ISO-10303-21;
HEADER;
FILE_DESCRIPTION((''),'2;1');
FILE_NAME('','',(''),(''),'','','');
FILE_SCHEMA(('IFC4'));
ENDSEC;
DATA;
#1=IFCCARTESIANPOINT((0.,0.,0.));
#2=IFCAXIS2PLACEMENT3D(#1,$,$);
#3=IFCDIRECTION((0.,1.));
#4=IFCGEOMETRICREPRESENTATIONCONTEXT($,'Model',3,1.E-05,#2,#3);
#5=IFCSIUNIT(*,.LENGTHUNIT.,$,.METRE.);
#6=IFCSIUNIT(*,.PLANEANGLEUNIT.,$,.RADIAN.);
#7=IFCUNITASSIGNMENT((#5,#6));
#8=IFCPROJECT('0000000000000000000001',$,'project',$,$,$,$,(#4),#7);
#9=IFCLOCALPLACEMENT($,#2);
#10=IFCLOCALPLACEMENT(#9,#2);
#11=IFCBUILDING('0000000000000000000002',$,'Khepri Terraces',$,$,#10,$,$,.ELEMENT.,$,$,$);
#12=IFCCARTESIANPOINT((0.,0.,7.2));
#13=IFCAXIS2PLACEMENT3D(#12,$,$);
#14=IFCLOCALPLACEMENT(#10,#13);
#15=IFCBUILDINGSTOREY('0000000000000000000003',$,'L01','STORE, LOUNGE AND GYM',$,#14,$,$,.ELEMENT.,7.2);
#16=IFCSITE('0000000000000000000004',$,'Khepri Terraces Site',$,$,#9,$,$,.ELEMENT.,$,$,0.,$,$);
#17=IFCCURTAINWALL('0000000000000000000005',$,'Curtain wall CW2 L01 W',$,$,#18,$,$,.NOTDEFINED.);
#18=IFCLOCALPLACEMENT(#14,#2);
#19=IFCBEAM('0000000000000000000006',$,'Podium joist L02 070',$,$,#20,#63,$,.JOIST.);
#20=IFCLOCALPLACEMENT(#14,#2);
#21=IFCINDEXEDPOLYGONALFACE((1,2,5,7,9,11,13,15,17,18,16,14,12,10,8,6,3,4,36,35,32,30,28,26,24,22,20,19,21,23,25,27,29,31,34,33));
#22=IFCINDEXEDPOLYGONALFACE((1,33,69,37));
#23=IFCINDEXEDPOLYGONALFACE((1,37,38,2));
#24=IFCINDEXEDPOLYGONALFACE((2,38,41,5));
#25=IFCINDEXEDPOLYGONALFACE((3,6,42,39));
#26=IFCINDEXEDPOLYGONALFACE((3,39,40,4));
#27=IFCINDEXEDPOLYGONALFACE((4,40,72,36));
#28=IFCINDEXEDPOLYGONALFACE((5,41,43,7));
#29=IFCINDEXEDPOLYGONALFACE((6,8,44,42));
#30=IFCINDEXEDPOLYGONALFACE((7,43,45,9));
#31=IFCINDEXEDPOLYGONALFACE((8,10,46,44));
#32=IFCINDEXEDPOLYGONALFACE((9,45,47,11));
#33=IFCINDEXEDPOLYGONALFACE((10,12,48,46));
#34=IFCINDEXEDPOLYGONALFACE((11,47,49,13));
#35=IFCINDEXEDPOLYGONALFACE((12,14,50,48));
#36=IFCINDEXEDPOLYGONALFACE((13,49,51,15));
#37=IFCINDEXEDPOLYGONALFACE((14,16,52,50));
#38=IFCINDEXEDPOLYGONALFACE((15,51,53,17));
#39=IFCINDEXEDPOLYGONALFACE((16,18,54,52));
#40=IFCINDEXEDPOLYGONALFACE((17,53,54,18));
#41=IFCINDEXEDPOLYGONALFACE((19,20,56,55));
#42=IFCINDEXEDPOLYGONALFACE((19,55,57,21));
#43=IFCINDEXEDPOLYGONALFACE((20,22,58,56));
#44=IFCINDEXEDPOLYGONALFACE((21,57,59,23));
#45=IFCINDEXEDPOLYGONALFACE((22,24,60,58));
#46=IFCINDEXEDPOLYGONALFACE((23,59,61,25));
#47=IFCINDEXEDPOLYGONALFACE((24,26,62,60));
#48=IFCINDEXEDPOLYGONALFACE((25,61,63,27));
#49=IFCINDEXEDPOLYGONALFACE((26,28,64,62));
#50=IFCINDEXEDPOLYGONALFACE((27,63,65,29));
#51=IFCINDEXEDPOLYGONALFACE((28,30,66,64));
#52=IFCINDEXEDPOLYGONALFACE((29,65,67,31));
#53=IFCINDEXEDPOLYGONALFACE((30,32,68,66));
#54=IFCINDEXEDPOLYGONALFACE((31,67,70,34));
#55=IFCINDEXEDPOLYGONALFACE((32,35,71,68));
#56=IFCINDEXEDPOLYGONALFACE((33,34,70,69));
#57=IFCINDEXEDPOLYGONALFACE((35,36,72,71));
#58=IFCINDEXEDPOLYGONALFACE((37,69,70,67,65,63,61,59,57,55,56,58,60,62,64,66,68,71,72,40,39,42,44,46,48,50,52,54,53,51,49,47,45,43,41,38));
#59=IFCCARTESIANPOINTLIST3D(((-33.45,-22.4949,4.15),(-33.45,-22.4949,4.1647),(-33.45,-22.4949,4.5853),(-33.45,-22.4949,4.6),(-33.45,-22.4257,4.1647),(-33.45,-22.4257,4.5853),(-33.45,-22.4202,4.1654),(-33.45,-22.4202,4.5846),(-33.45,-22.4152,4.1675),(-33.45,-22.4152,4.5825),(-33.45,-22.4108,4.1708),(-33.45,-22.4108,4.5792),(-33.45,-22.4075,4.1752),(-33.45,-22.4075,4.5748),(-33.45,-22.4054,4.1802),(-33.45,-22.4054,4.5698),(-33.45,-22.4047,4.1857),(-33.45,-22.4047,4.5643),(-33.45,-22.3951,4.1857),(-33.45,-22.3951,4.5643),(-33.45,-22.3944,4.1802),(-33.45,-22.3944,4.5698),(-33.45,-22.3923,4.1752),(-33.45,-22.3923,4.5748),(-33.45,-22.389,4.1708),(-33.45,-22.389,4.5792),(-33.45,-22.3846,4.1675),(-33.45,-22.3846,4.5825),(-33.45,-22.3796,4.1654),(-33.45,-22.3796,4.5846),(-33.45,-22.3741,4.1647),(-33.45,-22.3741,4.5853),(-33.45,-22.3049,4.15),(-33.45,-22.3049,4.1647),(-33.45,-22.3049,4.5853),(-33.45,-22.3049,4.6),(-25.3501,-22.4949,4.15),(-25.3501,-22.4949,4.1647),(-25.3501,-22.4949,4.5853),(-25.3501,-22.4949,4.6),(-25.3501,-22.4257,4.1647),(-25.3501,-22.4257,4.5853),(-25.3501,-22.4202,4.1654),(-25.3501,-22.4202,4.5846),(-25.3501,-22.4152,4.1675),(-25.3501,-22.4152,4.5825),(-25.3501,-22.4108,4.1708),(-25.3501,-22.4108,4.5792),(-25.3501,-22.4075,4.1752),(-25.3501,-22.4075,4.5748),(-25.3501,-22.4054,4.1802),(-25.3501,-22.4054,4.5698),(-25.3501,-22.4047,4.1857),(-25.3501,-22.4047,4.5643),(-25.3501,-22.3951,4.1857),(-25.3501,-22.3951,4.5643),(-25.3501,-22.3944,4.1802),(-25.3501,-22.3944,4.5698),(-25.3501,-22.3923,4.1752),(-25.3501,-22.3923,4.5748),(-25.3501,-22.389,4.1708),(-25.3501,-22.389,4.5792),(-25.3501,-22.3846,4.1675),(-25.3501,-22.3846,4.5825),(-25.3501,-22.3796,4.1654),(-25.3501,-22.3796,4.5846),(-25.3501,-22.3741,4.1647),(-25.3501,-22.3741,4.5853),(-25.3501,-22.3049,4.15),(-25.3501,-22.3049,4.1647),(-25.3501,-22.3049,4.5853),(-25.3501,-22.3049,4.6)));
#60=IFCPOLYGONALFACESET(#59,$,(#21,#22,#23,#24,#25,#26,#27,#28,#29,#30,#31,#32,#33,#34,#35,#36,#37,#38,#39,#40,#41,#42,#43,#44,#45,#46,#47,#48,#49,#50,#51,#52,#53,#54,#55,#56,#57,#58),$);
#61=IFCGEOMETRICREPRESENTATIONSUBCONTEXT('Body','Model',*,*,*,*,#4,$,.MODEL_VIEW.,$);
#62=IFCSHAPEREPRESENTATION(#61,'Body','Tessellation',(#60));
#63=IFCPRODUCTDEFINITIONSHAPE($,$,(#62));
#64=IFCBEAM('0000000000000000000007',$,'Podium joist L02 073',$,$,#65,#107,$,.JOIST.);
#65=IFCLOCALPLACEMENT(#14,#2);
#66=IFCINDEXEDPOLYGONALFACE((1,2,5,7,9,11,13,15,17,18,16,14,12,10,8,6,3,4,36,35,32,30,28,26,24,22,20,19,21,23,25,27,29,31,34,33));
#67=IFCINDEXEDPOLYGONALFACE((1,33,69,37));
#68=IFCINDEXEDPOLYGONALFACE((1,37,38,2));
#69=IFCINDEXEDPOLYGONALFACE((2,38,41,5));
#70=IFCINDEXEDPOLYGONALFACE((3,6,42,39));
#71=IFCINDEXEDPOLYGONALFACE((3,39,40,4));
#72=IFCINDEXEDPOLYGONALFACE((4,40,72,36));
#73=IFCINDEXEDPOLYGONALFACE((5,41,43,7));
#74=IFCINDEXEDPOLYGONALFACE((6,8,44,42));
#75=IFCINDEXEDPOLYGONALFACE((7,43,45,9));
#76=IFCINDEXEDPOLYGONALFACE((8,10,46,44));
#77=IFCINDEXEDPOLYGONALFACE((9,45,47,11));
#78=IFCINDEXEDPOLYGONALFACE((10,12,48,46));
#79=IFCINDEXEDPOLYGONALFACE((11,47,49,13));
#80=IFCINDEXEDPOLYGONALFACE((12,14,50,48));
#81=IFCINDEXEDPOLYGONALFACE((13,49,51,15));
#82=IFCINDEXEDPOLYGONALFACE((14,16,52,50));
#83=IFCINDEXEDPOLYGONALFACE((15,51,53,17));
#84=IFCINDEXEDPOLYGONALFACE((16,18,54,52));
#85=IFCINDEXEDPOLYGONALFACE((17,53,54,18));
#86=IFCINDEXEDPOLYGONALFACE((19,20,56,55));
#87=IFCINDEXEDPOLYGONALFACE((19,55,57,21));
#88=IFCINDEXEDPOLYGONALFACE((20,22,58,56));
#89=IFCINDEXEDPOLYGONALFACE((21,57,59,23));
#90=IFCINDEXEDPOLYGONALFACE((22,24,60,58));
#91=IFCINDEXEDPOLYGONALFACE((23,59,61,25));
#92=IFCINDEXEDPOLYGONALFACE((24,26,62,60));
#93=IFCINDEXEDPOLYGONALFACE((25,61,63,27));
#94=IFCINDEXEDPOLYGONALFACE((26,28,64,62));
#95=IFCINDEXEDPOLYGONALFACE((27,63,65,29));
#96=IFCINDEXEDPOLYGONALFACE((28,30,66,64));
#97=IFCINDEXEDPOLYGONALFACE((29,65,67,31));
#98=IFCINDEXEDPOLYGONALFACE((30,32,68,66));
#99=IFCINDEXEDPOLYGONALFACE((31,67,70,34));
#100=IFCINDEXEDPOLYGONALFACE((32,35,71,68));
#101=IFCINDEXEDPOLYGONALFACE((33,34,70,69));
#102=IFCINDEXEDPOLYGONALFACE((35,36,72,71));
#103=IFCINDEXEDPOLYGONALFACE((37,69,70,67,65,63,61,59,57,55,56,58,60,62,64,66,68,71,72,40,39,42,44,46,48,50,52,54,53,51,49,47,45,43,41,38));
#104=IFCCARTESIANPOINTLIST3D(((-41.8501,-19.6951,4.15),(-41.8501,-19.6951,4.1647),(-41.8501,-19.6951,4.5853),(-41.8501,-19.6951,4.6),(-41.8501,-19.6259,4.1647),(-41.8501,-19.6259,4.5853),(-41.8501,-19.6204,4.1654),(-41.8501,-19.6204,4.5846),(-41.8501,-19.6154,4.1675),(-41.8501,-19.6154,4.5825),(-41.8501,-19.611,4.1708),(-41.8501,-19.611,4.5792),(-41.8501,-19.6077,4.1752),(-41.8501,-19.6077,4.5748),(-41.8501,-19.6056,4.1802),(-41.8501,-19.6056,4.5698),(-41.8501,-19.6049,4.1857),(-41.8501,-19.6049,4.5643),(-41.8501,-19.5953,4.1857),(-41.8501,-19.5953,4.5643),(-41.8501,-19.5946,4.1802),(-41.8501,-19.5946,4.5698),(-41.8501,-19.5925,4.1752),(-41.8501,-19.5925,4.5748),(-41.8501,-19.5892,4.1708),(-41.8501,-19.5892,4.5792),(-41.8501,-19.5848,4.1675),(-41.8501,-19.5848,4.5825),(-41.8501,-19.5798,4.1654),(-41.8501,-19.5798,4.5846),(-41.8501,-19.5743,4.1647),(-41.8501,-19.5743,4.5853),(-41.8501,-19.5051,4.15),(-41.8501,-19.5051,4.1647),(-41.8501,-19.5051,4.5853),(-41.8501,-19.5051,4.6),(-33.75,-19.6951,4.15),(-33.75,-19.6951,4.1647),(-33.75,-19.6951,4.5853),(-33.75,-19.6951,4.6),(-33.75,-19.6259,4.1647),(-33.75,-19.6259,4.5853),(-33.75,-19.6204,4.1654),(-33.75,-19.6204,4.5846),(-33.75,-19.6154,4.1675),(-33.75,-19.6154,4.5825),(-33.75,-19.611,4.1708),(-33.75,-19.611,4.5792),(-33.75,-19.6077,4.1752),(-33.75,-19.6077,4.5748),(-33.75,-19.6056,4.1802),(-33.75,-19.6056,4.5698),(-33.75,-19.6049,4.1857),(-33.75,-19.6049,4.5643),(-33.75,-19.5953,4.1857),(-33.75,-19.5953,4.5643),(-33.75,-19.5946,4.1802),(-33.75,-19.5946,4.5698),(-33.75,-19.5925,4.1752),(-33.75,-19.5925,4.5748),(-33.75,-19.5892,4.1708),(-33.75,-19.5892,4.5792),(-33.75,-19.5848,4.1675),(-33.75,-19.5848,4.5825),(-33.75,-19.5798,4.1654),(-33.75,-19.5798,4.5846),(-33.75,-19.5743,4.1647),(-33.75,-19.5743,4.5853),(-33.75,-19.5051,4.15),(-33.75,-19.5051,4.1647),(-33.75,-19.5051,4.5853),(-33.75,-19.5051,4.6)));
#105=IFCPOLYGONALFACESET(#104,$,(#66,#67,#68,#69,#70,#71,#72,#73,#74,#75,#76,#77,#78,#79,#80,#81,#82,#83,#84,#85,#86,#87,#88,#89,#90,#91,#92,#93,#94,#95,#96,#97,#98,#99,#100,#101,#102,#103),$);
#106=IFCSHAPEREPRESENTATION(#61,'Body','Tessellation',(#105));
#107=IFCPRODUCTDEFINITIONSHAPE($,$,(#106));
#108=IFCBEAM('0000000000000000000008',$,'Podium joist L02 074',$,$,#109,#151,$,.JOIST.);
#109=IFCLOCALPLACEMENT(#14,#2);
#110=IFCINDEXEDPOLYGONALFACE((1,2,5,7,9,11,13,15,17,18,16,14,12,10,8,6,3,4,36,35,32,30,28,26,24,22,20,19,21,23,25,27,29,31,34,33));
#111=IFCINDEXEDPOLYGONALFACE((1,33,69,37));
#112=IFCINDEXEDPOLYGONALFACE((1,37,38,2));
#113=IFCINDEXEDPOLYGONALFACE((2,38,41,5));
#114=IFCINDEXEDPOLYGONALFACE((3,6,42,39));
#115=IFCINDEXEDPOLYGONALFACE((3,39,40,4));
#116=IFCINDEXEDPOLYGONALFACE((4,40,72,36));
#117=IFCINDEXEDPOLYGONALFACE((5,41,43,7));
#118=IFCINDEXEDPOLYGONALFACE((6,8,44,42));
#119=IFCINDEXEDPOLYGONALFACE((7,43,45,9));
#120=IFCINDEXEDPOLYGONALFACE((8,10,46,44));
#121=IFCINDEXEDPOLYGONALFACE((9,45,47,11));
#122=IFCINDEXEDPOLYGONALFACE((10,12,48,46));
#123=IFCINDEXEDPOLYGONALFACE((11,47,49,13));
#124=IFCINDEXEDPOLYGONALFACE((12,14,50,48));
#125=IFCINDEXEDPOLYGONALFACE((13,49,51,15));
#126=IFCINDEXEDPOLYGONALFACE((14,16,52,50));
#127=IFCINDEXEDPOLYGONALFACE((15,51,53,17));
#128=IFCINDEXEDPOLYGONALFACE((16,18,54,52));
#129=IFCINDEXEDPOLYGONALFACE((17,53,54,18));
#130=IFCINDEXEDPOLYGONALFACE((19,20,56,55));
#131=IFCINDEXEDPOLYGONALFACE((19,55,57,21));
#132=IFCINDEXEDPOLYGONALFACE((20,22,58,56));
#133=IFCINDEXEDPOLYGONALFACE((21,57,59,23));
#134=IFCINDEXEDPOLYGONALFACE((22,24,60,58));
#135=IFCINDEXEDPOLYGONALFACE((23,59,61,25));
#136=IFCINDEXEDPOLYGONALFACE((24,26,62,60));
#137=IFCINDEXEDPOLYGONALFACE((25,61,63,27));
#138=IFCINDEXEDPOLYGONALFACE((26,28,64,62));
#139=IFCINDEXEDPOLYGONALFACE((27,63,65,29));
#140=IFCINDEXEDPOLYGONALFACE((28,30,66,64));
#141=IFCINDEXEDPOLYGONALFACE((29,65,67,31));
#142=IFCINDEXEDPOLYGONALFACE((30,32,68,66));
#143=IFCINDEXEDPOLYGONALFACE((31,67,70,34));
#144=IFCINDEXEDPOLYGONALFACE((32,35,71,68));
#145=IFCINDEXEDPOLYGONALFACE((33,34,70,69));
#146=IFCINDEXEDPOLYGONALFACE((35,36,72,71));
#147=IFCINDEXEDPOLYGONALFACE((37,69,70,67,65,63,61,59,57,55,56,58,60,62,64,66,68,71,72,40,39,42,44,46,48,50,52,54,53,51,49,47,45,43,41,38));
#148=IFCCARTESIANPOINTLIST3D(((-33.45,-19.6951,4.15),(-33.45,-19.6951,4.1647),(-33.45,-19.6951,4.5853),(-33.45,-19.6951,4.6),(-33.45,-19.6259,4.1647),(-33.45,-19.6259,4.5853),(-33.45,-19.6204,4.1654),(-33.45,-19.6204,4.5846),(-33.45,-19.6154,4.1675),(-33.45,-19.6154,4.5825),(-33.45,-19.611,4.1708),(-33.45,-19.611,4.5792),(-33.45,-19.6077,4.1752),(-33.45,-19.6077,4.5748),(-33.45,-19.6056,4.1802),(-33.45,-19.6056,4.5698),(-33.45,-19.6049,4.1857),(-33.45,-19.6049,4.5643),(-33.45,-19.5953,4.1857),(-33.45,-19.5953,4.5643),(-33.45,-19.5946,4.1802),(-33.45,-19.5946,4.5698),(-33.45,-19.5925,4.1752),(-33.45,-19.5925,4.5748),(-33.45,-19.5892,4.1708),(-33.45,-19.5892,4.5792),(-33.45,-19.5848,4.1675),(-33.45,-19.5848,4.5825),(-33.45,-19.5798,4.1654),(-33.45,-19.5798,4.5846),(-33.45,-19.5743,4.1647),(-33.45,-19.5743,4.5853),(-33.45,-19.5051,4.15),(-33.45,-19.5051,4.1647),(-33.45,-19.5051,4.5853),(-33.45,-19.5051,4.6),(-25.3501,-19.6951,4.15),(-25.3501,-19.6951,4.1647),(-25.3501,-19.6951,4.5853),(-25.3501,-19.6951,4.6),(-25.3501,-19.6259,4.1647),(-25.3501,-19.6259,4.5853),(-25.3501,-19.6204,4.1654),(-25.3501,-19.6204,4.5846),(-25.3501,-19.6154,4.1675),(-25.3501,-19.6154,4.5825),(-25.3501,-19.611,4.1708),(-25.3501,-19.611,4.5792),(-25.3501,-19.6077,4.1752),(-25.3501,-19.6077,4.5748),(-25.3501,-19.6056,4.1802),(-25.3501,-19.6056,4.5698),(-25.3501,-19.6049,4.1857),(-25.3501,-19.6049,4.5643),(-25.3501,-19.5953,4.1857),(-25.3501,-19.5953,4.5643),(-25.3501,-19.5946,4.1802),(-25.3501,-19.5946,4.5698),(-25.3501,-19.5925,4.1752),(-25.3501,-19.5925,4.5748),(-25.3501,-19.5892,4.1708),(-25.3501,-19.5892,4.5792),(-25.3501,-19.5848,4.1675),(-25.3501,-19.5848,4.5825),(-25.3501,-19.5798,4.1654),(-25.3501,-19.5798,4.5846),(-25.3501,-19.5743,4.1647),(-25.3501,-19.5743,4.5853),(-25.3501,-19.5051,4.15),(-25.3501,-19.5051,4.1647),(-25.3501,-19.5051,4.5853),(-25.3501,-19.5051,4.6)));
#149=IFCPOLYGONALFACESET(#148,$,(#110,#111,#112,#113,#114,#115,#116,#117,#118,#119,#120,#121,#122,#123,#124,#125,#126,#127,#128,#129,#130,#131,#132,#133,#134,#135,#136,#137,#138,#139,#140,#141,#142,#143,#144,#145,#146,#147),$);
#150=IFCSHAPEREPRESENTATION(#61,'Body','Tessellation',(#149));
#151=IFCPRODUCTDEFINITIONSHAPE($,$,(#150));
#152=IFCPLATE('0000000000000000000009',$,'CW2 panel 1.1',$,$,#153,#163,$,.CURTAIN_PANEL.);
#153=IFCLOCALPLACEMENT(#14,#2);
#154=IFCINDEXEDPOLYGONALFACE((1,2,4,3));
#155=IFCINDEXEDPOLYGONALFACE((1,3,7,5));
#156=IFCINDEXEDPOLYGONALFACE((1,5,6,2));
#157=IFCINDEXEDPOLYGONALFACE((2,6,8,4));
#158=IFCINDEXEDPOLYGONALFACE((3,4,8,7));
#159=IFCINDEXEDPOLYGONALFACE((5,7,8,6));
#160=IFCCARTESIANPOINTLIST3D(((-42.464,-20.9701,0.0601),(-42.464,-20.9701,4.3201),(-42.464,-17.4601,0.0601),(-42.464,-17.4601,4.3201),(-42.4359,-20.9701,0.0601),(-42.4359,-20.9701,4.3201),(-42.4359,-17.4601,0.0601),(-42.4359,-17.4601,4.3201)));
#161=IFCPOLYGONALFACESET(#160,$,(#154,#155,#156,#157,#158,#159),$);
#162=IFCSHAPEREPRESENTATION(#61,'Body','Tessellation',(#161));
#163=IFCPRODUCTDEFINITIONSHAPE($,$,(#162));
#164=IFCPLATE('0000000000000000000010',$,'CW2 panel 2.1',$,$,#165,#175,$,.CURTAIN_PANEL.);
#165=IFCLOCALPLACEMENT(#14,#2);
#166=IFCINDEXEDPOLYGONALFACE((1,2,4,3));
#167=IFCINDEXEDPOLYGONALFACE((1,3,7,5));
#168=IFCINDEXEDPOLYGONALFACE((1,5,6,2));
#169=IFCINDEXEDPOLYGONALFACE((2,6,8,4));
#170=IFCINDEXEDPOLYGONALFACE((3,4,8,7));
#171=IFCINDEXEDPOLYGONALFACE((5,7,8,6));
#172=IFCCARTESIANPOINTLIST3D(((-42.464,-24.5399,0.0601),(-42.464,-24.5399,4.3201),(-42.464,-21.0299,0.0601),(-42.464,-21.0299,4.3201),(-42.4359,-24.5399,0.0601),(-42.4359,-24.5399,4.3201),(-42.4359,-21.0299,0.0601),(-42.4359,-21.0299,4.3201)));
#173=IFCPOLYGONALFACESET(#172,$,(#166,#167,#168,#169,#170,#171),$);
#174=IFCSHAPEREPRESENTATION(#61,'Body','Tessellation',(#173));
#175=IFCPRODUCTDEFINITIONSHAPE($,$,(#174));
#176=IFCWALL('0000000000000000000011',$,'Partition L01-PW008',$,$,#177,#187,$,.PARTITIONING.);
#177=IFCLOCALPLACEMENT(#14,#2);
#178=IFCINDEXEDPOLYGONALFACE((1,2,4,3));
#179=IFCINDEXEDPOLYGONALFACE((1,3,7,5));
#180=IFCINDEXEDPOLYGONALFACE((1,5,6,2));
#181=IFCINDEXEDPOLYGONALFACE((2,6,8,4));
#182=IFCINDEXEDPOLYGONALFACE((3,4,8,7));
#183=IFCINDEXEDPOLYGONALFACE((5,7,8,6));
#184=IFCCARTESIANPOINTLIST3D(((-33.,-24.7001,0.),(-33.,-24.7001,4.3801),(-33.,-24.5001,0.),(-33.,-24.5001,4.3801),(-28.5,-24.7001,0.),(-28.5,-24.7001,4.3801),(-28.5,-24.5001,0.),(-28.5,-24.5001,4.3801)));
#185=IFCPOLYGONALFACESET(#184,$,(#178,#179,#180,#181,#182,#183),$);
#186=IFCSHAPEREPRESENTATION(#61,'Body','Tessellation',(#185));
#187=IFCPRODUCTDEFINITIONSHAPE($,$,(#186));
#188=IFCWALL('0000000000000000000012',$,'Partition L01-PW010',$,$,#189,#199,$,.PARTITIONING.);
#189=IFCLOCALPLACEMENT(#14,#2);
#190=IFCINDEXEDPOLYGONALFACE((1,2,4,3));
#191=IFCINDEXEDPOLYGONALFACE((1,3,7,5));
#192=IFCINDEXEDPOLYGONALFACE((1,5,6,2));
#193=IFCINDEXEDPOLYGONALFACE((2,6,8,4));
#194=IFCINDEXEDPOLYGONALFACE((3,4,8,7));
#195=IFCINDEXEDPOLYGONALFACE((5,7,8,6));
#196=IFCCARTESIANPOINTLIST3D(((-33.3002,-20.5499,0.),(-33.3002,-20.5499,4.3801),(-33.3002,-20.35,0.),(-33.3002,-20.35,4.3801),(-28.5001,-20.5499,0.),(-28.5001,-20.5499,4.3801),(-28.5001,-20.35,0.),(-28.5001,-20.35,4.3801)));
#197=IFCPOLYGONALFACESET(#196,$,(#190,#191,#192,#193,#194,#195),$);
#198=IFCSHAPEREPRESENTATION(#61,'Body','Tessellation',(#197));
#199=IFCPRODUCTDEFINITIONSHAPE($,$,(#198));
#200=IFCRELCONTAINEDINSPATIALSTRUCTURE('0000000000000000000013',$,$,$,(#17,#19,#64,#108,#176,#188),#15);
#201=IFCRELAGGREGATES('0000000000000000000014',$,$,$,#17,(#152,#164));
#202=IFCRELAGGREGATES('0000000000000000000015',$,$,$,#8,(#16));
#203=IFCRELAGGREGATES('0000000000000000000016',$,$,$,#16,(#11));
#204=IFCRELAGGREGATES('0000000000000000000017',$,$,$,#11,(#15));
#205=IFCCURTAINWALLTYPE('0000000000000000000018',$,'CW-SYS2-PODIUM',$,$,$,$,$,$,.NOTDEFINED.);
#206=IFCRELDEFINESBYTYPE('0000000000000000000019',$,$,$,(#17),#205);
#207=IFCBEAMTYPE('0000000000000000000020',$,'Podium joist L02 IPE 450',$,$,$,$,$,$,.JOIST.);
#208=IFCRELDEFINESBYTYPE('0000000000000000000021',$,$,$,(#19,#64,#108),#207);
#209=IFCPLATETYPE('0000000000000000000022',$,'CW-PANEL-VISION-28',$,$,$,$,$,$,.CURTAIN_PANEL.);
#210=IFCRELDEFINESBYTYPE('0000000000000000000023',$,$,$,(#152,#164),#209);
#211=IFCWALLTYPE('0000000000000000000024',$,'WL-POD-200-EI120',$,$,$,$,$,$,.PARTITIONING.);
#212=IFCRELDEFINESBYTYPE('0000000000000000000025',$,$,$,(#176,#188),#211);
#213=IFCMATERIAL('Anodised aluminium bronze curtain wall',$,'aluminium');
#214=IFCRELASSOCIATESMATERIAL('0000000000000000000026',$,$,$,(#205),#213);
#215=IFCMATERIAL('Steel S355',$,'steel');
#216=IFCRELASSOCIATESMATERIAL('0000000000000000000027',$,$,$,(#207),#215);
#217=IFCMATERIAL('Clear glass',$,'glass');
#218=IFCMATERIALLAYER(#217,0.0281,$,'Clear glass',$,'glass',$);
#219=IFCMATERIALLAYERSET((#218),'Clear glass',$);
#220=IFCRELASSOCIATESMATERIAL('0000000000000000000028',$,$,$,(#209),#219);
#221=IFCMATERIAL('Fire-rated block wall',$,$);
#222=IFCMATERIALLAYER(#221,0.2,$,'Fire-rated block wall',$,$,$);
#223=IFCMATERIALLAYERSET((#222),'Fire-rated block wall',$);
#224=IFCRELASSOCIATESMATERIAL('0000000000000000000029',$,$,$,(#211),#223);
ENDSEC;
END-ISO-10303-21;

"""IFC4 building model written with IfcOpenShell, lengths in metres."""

from ifc_helpers import new_model, si_unit, direction, frame, frame_2d, origin, origin_2d, place, context, subcontext, project, spatial, rectangle, i_section, extrude, material, layer, layer_set, material_profile, profile_set, type_object, element, aggregate, save


model = new_model("IFC4")

# Units and contexts
model_context = context("Model", 3, precision=1e-05, world=origin(), true_north=direction((0.0, 1.0)))
body_context = subcontext(model_context, "Body", "Model", "MODEL_VIEW")
ifc_project = project(units=[si_unit("LENGTHUNIT", "METRE"), si_unit("PLANEANGLEUNIT", "RADIAN")], contexts=[model_context])

# Site, building, storey
site_placement = place(None, origin())
site = spatial("IfcSite", under=ifc_project, at=site_placement, Name="Khepri Terraces Site", CompositionType="ELEMENT", RefElevation=0.0)
building_placement = place(site_placement, origin())
building = spatial("IfcBuilding", under=site, at=building_placement, Name="Khepri Terraces", CompositionType="ELEMENT")
storey_placement = place(building_placement, frame((0.0, 0.0, 7.2)))
storey = spatial("IfcBuildingStorey", under=building, at=storey_placement, Name="L01", Description="STORE, LOUNGE AND GYM", CompositionType="ELEMENT", Elevation=7.2)

# Curtain wall
ifc_material_1 = material(Name="Anodised aluminium bronze curtain wall", Category="aluminium")
curtain_wall_type = type_object("IfcCurtainWallType", Name="CW-SYS2-PODIUM", PredefinedType="NOTDEFINED", material=ifc_material_1)
curtain_wall_placement = place(storey_placement, origin())
curtain_wall = element("IfcCurtainWall", 1, at=curtain_wall_placement, inside=storey, type_object=curtain_wall_type, Name="Curtain wall CW2 L01 W", PredefinedType="NOTDEFINED")

# Beams
ifc_material_2 = material(Name="Steel S355", Category="steel")
ifc_material_profile_1 = material_profile(ifc_material_2, i_section(OverallWidth=0.1899, OverallDepth=0.45, WebThickness=0.0095, FlangeThickness=0.0146, FilletRadius=0.021, at=origin_2d()), Name="Steel S355", Category="steel")
ifc_profile_set_1 = profile_set([ifc_material_profile_1], Name="Steel S355")
beam_type_1 = type_object("IfcBeamType", Name="Podium joist L02 IPE 450", PredefinedType="JOIST", material=ifc_profile_set_1)
beam_1_placement = place(storey_placement, frame((-33.45, -22.3999, 4.375), z_axis=(1.0, 0.0, 0.0), x_axis=(0.0, 1.0, 0.0)))
element("IfcBeam", 2, at=beam_1_placement, inside=storey, type_object=beam_type_1, Name="Podium joist L02 070", PredefinedType="JOIST", context=body_context, shape_type="SweptSolid", body=[
    extrude(i_section(OverallWidth=0.1899, OverallDepth=0.45, WebThickness=0.0095, FlangeThickness=0.0146, FilletRadius=0.021, at=origin_2d()), origin(), (0.0, 0.0, 1.0), 8.0999),
])
beam_2_placement = place(storey_placement, frame((-41.8501, -19.6001, 4.375), z_axis=(1.0, 0.0, 0.0), x_axis=(0.0, 1.0, 0.0)))
element("IfcBeam", 3, at=beam_2_placement, inside=storey, type_object=beam_type_1, Name="Podium joist L02 073", PredefinedType="JOIST", context=body_context, shape_type="SweptSolid", body=[
    extrude(i_section(OverallWidth=0.1899, OverallDepth=0.45, WebThickness=0.0095, FlangeThickness=0.0146, FilletRadius=0.021, at=origin_2d()), origin(), (0.0, 0.0, 1.0), 8.1001),
])
beam_3_placement = place(storey_placement, frame((-33.45, -19.6001, 4.375), z_axis=(1.0, 0.0, 0.0), x_axis=(0.0, 1.0, 0.0)))
element("IfcBeam", 4, at=beam_3_placement, inside=storey, type_object=beam_type_1, Name="Podium joist L02 074", PredefinedType="JOIST", context=body_context, shape_type="SweptSolid", body=[
    extrude(i_section(OverallWidth=0.1899, OverallDepth=0.45, WebThickness=0.0095, FlangeThickness=0.0146, FilletRadius=0.021, at=origin_2d()), origin(), (0.0, 0.0, 1.0), 8.0999),
])

# Plates
ifc_material_3 = material(Name="Clear glass", Category="glass")
ifc_layer_1 = layer(ifc_material_3, 0.0281, Name="Clear glass", Category="glass")
ifc_layer_set_1 = layer_set([ifc_layer_1], Name="Clear glass")
plate_type = type_object("IfcPlateType", Name="CW-PANEL-VISION-28", PredefinedType="CURTAIN_PANEL", material=ifc_layer_set_1)
plate_1_placement = place(storey_placement, frame((-42.45, -19.2151, 0.0601), z_axis=(0.0, 0.0, 1.0), x_axis=(0.0, -1.0, 0.0)))
plate_1 = element("IfcPlate", 5, at=plate_1_placement, type_object=plate_type, Name="CW2 panel 1.1", PredefinedType="CURTAIN_PANEL", context=body_context, shape_type="SweptSolid", body=[
    extrude(rectangle(XDim=3.51, YDim=0.0281, at=origin_2d()), origin(), (0.0, 0.0, 1.0), 4.26),
])
plate_2_placement = place(storey_placement, frame((-42.45, -22.7849, 0.0601), z_axis=(0.0, 0.0, 1.0), x_axis=(0.0, -1.0, 0.0)))
plate_2 = element("IfcPlate", 6, at=plate_2_placement, type_object=plate_type, Name="CW2 panel 2.1", PredefinedType="CURTAIN_PANEL", context=body_context, shape_type="SweptSolid", body=[
    extrude(rectangle(XDim=3.51, YDim=0.0281, at=origin_2d()), origin(), (0.0, 0.0, 1.0), 4.26),
])
aggregate(curtain_wall, [plate_1, plate_2])

# Walls
ifc_material_4 = material(Name="Fire-rated block wall")
ifc_layer_2 = layer(ifc_material_4, 0.2, Name="Fire-rated block wall")
ifc_layer_set_2 = layer_set([ifc_layer_2], Name="Fire-rated block wall")
wall_type_1 = type_object("IfcWallType", Name="WL-POD-200-EI120", PredefinedType="PARTITIONING", material=ifc_layer_set_2)
wall_1_placement = place(storey_placement, frame((-33.0, -24.6001, 0.0), z_axis=(0.0, 0.0, 1.0), x_axis=(1.0, 0.0, 0.0)))
element("IfcWall", 7, at=wall_1_placement, inside=storey, type_object=wall_type_1, Name="Partition L01-PW008", PredefinedType="PARTITIONING", context=body_context, shape_type="SweptSolid", body=[
    extrude(rectangle(XDim=4.5, YDim=0.2, at=frame_2d((2.25, 0.0))), origin(), (0.0, 0.0, 1.0), 4.3801),
])
wall_2_placement = place(storey_placement, frame((-33.3, -20.45, 0.0), z_axis=(0.0, 0.0, 1.0), x_axis=(1.0, 0.0, 0.0)))
element("IfcWall", 8, at=wall_2_placement, inside=storey, type_object=wall_type_1, Name="Partition L01-PW010", PredefinedType="PARTITIONING", context=body_context, shape_type="SweptSolid", body=[
    extrude(rectangle(XDim=4.8, YDim=0.2, at=frame_2d((2.3999, 0.0))), origin(), (0.0, 0.0, 1.0), 4.3801),
])

save(model, "model.ifc")
